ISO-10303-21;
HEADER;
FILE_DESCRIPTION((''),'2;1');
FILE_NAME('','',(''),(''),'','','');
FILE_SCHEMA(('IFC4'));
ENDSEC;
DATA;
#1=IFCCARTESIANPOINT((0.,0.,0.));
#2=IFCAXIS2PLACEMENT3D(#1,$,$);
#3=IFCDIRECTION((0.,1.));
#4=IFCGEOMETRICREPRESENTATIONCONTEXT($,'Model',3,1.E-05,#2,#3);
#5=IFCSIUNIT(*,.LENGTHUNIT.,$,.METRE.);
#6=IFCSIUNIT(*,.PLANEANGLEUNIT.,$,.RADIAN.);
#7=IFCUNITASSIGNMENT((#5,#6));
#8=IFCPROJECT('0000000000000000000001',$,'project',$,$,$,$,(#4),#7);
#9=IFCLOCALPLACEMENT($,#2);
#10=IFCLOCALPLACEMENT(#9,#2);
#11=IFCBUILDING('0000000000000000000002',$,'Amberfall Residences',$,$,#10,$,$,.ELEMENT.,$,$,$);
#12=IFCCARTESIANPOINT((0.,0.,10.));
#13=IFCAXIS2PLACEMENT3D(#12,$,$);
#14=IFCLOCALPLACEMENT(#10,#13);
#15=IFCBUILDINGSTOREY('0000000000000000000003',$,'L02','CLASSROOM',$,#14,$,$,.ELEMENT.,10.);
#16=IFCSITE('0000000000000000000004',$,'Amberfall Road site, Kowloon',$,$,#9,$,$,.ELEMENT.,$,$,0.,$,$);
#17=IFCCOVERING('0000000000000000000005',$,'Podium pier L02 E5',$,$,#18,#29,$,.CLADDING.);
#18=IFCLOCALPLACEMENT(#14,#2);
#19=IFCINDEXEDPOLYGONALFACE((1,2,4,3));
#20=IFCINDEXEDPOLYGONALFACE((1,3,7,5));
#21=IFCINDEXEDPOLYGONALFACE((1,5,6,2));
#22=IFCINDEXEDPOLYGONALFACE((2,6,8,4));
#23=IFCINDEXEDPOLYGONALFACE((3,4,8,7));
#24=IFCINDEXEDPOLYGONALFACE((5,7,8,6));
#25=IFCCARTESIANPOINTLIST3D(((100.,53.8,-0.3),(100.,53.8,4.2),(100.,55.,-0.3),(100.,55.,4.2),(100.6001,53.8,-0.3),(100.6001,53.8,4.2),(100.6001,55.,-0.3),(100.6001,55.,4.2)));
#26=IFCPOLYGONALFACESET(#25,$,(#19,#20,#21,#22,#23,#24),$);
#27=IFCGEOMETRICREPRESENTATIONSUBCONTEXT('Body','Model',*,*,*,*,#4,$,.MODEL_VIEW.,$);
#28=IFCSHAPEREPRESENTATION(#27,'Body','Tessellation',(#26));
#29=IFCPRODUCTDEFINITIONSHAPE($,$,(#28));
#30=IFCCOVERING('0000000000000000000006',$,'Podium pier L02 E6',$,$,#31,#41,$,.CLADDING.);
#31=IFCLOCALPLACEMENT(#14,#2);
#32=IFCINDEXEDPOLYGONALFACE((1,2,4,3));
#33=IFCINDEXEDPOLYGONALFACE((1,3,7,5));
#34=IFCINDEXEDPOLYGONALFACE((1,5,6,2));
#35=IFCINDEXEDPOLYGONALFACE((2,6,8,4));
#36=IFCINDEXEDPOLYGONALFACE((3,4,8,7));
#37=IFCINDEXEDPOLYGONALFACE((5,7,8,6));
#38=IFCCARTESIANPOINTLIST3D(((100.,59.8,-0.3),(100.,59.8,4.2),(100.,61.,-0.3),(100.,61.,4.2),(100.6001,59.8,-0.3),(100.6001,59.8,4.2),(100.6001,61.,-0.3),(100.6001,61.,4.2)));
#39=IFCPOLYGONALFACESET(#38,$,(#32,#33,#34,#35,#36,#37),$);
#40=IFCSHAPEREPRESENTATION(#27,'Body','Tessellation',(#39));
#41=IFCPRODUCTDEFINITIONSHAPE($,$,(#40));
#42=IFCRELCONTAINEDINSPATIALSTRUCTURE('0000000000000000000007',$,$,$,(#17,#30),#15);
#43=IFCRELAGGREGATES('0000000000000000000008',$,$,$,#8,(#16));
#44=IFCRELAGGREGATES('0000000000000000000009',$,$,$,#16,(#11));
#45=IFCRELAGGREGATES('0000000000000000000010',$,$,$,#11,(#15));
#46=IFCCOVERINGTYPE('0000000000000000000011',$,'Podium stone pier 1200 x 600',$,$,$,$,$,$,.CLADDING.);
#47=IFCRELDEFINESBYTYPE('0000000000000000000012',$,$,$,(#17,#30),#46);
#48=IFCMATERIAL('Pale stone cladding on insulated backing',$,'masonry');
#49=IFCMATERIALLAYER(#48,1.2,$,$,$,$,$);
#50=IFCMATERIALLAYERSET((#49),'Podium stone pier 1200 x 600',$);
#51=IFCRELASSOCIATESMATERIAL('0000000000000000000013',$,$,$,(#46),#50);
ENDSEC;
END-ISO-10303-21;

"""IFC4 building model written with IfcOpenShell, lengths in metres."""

from ifc_helpers import new_model, si_unit, direction, frame, origin, place, context, subcontext, project, spatial, polyline, outline, extrude, material, layer, layer_set, type_object, element, save


model = new_model("IFC4")

# Units and contexts
model_context = context("Model", 3, precision=1e-05, world=origin(), true_north=direction((0.0, 1.0)))
body_context = subcontext(model_context, "Body", "Model", "MODEL_VIEW")
ifc_project = project(units=[si_unit("LENGTHUNIT", "METRE"), si_unit("PLANEANGLEUNIT", "RADIAN")], contexts=[model_context])

# Site, building, storey
site_placement = place(None, origin())
site = spatial("IfcSite", under=ifc_project, at=site_placement, Name="Amberfall Road site, Kowloon", CompositionType="ELEMENT", RefElevation=0.0)
building_placement = place(site_placement, origin())
building = spatial("IfcBuilding", under=site, at=building_placement, Name="Amberfall Residences", CompositionType="ELEMENT")
storey_placement = place(building_placement, frame((0.0, 0.0, 10.0)))
storey = spatial("IfcBuildingStorey", under=building, at=storey_placement, Name="L02", Description="CLASSROOM", CompositionType="ELEMENT", Elevation=10.0)

# Coverings
ifc_material_1 = material(Name="Pale stone cladding on insulated backing", Category="masonry")
ifc_layer_1 = layer(ifc_material_1, 1.2)
ifc_layer_set_1 = layer_set([ifc_layer_1], Name="Podium stone pier 1200 x 600")
covering_type = type_object("IfcCoveringType", Name="Podium stone pier 1200 x 600", PredefinedType="CLADDING", material=ifc_layer_set_1)
covering_1_placement = place(storey_placement, frame((0.0, 0.0, -0.3)))
element("IfcCovering", 1, at=covering_1_placement, inside=storey, type_object=covering_type, Name="Podium pier L02 E5", PredefinedType="CLADDING", context=body_context, shape_type="SweptSolid", body=[
    extrude(outline(polyline([(100.0, 53.8), (100.0, 55.0), (100.6001, 55.0), (100.6001, 53.8), (100.0, 53.8)])), origin(), (0.0, 0.0, 1.0), 4.5),
])
covering_2_placement = place(storey_placement, frame((0.0, 0.0, -0.3)))
element("IfcCovering", 2, at=covering_2_placement, inside=storey, type_object=covering_type, Name="Podium pier L02 E6", PredefinedType="CLADDING", context=body_context, shape_type="SweptSolid", body=[
    extrude(outline(polyline([(100.0, 59.8), (100.0, 61.0), (100.6001, 61.0), (100.6001, 59.8), (100.0, 59.8)])), origin(), (0.0, 0.0, 1.0), 4.5),
])

save(model, "model.ifc")
